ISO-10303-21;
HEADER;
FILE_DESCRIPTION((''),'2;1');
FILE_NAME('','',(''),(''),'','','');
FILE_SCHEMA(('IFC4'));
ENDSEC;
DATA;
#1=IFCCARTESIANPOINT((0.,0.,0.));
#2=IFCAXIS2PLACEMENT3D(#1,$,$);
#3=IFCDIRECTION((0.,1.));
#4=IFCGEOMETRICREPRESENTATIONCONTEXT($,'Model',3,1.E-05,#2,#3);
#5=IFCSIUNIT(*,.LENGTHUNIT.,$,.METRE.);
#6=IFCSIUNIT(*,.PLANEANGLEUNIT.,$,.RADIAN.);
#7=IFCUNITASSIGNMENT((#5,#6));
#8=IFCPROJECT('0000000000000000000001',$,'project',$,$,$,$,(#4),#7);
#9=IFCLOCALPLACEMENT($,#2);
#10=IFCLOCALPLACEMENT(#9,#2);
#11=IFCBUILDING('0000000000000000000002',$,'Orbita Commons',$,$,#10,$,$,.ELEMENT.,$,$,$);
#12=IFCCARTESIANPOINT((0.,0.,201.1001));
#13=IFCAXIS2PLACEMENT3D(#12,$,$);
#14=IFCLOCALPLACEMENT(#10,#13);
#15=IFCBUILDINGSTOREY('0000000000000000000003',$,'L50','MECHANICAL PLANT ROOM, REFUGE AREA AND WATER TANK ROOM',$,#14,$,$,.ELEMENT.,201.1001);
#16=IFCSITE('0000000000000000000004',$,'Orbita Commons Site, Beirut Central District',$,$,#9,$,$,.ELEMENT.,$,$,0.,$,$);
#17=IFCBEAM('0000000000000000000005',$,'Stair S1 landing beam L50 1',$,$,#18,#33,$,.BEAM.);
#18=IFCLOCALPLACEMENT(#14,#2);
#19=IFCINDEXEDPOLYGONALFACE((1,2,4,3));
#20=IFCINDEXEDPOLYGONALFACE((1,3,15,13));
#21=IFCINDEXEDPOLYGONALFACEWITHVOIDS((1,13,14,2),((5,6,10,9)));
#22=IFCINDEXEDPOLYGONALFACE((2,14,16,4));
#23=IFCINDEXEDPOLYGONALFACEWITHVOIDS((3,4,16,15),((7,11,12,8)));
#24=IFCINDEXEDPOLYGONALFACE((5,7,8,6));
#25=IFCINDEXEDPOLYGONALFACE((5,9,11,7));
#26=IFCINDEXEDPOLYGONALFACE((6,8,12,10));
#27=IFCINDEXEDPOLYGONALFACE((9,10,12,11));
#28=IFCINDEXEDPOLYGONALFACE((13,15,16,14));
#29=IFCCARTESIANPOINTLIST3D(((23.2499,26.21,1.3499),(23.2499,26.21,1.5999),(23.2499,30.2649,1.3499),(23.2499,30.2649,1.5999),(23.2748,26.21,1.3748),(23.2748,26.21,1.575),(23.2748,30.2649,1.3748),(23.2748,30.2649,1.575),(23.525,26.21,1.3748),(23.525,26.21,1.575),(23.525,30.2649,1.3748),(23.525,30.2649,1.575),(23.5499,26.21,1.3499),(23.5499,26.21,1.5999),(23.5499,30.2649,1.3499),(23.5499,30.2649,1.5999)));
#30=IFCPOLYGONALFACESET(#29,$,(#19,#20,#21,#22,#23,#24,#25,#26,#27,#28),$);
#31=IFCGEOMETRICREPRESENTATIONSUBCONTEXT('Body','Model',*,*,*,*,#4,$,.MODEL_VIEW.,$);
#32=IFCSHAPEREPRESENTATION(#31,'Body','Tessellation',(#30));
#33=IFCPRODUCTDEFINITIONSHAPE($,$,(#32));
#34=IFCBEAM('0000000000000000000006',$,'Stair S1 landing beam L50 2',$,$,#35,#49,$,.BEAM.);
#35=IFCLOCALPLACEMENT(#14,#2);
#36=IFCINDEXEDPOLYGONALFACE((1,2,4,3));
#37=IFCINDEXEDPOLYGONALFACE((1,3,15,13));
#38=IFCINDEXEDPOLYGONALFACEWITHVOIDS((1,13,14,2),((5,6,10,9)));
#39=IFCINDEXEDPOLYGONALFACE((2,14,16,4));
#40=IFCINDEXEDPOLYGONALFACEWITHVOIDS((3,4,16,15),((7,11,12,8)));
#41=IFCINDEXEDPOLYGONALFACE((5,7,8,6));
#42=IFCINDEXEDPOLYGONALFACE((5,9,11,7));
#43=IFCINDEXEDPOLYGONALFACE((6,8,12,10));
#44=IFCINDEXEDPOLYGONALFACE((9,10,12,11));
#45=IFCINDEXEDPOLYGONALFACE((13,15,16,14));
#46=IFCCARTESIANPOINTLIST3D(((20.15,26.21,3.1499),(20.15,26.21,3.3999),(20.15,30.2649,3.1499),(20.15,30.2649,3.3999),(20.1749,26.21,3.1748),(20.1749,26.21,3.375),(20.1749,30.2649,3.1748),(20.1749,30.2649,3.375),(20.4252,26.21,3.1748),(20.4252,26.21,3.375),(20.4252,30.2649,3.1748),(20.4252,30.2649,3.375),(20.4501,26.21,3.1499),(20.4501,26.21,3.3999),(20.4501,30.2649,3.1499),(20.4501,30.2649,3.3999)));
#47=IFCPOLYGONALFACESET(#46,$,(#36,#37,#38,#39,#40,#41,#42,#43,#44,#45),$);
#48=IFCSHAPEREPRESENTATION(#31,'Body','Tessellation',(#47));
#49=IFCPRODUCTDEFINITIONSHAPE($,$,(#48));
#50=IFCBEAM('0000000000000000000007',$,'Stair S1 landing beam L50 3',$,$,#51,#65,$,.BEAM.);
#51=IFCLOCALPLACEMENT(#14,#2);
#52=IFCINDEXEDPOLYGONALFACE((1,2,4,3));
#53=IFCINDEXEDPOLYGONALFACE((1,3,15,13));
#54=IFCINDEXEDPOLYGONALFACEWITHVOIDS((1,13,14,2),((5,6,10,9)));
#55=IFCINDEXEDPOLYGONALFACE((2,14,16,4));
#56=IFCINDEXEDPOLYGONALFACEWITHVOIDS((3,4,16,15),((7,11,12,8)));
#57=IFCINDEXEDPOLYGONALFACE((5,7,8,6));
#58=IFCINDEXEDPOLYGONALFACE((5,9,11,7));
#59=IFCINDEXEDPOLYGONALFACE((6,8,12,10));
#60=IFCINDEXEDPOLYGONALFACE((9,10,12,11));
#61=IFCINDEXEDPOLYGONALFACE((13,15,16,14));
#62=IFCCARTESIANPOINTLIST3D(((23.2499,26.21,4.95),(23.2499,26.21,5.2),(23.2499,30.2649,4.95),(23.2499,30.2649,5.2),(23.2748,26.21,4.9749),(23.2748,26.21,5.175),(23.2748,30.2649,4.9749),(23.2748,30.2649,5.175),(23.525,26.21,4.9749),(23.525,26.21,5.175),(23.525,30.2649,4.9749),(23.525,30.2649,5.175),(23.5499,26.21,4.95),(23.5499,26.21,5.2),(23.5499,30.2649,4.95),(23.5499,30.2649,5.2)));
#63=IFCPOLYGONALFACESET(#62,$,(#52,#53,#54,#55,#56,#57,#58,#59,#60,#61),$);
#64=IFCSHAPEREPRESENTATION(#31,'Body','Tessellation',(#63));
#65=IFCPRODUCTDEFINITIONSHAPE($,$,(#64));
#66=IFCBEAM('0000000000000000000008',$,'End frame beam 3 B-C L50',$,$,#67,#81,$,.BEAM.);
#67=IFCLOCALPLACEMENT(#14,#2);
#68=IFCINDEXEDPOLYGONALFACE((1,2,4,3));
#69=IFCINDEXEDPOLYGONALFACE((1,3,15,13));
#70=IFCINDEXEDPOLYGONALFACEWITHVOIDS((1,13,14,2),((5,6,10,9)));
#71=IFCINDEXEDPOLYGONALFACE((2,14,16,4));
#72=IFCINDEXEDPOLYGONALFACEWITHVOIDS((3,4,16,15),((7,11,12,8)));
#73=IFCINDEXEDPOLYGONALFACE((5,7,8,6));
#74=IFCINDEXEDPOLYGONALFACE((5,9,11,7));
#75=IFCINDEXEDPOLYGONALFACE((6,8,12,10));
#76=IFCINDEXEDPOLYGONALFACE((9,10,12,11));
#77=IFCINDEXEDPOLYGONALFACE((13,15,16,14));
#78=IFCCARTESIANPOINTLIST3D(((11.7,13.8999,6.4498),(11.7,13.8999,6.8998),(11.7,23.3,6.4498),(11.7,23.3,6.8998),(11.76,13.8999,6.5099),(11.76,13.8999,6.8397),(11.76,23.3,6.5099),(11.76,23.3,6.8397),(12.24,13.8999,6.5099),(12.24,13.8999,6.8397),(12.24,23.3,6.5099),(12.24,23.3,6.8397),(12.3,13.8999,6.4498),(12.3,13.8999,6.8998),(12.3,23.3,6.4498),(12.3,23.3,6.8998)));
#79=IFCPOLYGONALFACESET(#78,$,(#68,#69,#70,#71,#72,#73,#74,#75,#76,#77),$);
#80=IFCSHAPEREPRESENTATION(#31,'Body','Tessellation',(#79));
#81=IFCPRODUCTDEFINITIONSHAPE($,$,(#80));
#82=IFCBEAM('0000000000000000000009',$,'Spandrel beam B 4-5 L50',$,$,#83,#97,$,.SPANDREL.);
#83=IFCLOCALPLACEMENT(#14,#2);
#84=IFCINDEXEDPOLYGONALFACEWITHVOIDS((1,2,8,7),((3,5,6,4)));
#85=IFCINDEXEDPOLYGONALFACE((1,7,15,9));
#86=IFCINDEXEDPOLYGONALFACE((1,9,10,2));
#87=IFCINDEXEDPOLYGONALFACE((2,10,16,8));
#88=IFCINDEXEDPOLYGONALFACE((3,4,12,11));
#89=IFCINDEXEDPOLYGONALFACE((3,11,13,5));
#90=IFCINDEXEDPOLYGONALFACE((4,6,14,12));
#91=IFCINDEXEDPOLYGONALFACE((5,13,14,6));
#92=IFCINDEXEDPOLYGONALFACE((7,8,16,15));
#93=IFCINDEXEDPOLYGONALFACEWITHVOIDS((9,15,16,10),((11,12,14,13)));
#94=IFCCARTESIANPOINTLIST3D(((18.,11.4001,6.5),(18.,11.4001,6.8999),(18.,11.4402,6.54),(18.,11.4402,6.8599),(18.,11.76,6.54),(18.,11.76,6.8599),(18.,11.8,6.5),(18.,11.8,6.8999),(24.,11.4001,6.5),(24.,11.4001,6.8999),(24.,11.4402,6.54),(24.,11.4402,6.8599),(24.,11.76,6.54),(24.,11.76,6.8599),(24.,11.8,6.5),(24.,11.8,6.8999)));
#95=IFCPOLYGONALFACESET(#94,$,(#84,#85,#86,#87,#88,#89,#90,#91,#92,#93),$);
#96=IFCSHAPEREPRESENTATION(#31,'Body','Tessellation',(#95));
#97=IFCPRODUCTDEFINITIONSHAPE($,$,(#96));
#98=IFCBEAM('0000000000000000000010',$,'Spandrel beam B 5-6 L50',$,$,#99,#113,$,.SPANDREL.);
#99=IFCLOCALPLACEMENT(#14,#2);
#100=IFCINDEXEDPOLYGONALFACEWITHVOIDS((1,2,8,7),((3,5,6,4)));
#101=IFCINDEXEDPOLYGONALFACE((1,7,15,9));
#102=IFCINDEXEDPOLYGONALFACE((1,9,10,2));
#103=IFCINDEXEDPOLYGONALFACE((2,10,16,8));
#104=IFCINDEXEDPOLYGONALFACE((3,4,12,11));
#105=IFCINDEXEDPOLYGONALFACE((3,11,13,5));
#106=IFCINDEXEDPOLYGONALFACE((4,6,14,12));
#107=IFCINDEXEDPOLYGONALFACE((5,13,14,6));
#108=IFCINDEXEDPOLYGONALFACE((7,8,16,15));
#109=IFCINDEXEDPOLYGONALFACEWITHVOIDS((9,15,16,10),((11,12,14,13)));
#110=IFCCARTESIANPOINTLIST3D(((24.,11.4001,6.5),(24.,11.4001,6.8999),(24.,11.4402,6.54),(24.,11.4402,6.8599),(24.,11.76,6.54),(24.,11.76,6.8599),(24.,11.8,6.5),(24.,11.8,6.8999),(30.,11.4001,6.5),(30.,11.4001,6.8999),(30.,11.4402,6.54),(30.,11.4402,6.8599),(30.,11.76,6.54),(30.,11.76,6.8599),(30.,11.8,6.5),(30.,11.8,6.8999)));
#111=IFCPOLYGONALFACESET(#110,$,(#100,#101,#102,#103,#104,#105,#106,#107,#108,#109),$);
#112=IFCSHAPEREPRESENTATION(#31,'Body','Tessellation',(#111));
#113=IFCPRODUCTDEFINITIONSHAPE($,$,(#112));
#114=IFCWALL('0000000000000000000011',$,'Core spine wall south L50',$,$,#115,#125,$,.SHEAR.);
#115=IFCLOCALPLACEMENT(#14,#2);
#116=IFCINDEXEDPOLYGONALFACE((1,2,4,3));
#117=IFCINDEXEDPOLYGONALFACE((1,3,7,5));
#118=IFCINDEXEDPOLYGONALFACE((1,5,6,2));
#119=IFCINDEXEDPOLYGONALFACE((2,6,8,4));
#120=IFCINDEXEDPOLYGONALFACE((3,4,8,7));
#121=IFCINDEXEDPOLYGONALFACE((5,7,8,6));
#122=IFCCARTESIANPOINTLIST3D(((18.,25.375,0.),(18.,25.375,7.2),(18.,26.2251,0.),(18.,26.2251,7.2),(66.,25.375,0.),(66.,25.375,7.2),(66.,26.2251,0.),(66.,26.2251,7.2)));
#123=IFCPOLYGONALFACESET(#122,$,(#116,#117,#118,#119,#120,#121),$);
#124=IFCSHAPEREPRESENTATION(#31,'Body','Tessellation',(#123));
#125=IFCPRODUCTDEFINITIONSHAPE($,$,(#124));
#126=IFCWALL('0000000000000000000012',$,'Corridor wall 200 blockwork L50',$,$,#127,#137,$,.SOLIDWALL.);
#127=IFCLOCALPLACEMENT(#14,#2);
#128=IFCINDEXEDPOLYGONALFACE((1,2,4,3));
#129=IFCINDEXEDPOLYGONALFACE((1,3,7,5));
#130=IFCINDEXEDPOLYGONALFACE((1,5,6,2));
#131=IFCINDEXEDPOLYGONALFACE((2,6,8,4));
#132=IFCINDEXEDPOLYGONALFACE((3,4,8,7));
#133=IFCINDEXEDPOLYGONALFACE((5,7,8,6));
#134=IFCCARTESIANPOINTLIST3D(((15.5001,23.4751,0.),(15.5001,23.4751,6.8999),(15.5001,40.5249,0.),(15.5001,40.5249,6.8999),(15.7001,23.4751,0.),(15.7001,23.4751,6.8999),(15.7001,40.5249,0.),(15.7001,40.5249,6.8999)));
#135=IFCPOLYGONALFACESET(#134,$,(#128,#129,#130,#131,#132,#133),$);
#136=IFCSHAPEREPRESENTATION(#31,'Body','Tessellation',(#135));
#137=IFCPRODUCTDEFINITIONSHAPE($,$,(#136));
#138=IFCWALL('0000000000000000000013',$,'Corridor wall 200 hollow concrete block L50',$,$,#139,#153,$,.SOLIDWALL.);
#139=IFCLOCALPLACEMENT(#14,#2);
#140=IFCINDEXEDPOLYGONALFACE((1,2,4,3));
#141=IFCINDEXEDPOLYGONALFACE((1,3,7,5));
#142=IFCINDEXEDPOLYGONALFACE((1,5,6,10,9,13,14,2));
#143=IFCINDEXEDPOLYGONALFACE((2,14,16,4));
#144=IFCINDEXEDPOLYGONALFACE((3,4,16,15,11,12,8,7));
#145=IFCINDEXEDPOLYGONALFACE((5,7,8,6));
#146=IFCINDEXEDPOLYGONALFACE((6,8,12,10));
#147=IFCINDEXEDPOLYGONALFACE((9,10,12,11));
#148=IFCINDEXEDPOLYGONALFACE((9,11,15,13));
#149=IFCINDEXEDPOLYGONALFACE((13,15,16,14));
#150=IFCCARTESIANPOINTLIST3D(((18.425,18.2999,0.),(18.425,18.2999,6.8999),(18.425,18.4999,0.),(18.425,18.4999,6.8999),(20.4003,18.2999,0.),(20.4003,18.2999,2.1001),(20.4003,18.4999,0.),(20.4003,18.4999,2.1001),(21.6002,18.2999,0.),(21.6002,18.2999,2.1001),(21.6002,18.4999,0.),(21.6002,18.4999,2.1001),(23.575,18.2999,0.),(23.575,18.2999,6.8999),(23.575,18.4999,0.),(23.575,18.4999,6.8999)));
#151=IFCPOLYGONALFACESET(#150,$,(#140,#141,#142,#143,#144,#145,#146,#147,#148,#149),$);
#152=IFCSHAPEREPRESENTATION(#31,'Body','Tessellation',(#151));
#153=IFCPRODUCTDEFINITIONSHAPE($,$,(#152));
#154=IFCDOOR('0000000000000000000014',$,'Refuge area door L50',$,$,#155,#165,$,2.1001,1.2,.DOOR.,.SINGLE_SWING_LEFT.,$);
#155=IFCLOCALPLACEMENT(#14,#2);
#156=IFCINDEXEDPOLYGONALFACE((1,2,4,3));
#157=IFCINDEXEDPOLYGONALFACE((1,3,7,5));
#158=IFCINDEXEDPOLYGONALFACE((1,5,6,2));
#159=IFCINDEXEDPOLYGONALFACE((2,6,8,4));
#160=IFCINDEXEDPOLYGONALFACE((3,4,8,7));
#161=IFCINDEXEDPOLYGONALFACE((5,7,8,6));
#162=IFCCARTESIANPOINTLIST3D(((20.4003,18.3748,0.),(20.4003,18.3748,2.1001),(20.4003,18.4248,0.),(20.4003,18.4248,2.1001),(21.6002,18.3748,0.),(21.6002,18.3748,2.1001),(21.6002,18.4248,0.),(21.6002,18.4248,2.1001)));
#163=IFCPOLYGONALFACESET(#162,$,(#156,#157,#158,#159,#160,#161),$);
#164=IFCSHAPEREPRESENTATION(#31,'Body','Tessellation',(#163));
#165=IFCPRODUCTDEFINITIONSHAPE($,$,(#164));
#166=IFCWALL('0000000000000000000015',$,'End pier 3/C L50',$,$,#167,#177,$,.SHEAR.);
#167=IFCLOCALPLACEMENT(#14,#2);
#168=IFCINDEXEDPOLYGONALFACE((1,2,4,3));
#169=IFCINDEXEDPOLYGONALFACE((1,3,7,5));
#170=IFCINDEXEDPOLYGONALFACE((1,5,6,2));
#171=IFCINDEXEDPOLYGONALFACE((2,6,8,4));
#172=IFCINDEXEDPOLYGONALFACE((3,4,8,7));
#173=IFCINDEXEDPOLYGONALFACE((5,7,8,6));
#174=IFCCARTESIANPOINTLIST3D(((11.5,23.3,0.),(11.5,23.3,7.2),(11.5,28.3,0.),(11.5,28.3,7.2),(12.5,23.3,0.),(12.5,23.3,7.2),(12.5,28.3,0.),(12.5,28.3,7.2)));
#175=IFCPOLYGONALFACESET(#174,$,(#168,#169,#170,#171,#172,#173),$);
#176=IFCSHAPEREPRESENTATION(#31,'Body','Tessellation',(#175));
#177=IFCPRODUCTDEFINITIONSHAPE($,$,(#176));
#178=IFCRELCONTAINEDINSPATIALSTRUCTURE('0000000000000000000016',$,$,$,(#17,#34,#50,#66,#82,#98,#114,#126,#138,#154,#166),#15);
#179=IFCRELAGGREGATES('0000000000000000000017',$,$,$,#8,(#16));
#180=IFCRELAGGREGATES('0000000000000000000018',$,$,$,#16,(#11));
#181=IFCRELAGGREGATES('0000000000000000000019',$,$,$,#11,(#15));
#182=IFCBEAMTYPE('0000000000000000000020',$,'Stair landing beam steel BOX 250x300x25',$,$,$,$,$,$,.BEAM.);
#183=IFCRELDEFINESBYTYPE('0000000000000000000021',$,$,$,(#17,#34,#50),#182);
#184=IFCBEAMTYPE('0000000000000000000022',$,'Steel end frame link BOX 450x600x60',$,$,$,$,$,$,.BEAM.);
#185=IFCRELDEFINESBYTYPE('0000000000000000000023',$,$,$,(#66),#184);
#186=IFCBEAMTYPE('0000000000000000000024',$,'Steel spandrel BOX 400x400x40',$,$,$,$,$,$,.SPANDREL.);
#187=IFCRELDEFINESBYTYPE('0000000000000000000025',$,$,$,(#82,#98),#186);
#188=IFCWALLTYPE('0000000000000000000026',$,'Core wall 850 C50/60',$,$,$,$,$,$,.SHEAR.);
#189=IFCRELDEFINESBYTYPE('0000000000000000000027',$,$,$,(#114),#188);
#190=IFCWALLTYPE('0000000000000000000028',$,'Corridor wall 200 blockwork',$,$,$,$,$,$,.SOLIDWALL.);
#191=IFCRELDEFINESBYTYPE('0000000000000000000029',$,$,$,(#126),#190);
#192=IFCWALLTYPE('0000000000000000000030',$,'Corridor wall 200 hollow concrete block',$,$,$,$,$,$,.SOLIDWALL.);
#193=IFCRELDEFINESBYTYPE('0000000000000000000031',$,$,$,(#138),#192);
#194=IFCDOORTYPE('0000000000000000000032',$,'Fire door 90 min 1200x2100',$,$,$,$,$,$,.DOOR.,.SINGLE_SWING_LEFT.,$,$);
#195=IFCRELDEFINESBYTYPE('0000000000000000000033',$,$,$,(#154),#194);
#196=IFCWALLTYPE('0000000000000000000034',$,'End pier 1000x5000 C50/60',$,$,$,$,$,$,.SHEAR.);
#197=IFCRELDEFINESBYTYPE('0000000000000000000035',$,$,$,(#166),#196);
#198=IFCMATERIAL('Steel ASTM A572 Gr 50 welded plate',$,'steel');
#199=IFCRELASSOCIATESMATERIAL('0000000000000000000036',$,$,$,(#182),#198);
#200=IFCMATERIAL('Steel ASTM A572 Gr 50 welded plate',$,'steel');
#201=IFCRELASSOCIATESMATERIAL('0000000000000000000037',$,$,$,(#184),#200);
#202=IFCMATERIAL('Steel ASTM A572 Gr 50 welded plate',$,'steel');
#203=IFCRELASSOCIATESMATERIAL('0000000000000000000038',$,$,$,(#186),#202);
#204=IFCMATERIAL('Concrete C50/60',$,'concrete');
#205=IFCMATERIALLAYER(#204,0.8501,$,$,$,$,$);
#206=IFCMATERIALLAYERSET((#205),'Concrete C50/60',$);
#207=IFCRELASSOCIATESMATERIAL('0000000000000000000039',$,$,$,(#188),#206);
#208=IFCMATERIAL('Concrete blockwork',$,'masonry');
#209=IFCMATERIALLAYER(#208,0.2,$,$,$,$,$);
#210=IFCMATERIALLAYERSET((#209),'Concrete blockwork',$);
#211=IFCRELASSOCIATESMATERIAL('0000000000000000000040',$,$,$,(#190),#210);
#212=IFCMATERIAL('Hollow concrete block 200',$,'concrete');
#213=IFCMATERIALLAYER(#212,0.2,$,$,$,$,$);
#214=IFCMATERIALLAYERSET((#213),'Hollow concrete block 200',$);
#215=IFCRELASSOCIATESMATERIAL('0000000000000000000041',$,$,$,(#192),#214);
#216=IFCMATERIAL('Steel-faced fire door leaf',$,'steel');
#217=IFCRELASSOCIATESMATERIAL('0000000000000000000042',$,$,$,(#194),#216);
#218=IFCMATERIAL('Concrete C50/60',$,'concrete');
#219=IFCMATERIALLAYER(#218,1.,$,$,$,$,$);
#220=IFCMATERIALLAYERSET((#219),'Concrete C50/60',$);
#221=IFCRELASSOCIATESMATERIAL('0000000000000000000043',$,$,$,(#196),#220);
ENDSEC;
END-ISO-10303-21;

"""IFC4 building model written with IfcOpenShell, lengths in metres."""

from ifc_helpers import new_model, si_unit, direction, frame, frame_2d, origin, origin_2d, place, context, subcontext, project, spatial, rectangle, hollow_rectangle, extrude, material, layer, layer_set, material_profile, profile_set, type_object, element, fill, save


model = new_model("IFC4")

# Units and contexts
model_context = context("Model", 3, precision=1e-05, world=origin(), true_north=direction((0.0, 1.0)))
body_context = subcontext(model_context, "Body", "Model", "MODEL_VIEW")
ifc_project = project(units=[si_unit("LENGTHUNIT", "METRE"), si_unit("PLANEANGLEUNIT", "RADIAN")], contexts=[model_context])

# Site, building, storey
site_placement = place(None, origin())
site = spatial("IfcSite", under=ifc_project, at=site_placement, Name="Orbita Commons Site, Beirut Central District", CompositionType="ELEMENT", RefElevation=0.0)
building_placement = place(site_placement, origin())
building = spatial("IfcBuilding", under=site, at=building_placement, Name="Orbita Commons", CompositionType="ELEMENT")
storey_placement = place(building_placement, frame((0.0, 0.0, 201.1001)))
storey = spatial("IfcBuildingStorey", under=building, at=storey_placement, Name="L50", Description="MECHANICAL PLANT ROOM, REFUGE AREA AND WATER TANK ROOM", CompositionType="ELEMENT", Elevation=201.1001)

# Beams
ifc_material_1 = material(Name="Steel ASTM A572 Gr 50 welded plate", Category="steel")
ifc_material_profile_1 = material_profile(ifc_material_1, hollow_rectangle(XDim=0.3, YDim=0.25, WallThickness=0.0249, at=origin_2d()), Name="BOX 250x300x25")
ifc_profile_set_1 = profile_set([ifc_material_profile_1], Name="Steel ASTM A572 Gr 50 welded plate")
beam_type_1 = type_object("IfcBeamType", Name="Stair landing beam steel BOX 250x300x25", PredefinedType="BEAM", material=ifc_profile_set_1)
for number, where, z_axis, x_axis, name in (
    (1, (23.3999, 26.21, 1.4749), (0.0, 1.0, 0.0), (-1.0, 0.0, 0.0), "Stair S1 landing beam L50 1"),
    (2, (20.3, 26.21, 3.2749), (0.0, 1.0, 0.0), (-1.0, 0.0, 0.0), "Stair S1 landing beam L50 2"),
    (3, (23.3999, 26.21, 5.075), (0.0, 1.0, 0.0), (-1.0, 0.0, 0.0), "Stair S1 landing beam L50 3"),
):
    element("IfcBeam", number, at=place(storey_placement, frame(where, z_axis=z_axis, x_axis=x_axis)), inside=storey, type_object=beam_type_1, Name=name, PredefinedType="BEAM", context=body_context, shape_type="SweptSolid", body=[
        extrude(hollow_rectangle(XDim=0.3, YDim=0.25, WallThickness=0.0249, at=origin_2d()), origin(), (0.0, 0.0, 1.0), 4.0549),
    ])
ifc_material_2 = material(Name="Steel ASTM A572 Gr 50 welded plate", Category="steel")
ifc_material_profile_2 = material_profile(ifc_material_2, hollow_rectangle(XDim=0.6001, YDim=0.45, WallThickness=0.0601, at=origin_2d()), Name="BOX 450x600x60")
ifc_profile_set_2 = profile_set([ifc_material_profile_2], Name="Steel ASTM A572 Gr 50 welded plate")
beam_type_2 = type_object("IfcBeamType", Name="Steel end frame link BOX 450x600x60", PredefinedType="BEAM", material=ifc_profile_set_2)
beam_placement = place(storey_placement, frame((12.0, 13.8999, 6.6748), z_axis=(0.0, 1.0, 0.0), x_axis=(-1.0, 0.0, 0.0)))
element("IfcBeam", 4, at=beam_placement, inside=storey, type_object=beam_type_2, Name="End frame beam 3 B-C L50", PredefinedType="BEAM", context=body_context, shape_type="SweptSolid", body=[
    extrude(hollow_rectangle(XDim=0.6001, YDim=0.45, WallThickness=0.0601, at=origin_2d()), origin(), (0.0, 0.0, 1.0), 9.4001),
])
ifc_material_3 = material(Name="Steel ASTM A572 Gr 50 welded plate", Category="steel")
ifc_material_profile_3 = material_profile(ifc_material_3, hollow_rectangle(XDim=0.3999, YDim=0.3999, WallThickness=0.04, at=origin_2d()), Name="BOX 400x400x40")
ifc_profile_set_3 = profile_set([ifc_material_profile_3], Name="Steel ASTM A572 Gr 50 welded plate")
beam_type_3 = type_object("IfcBeamType", Name="Steel spandrel BOX 400x400x40", PredefinedType="SPANDREL", material=ifc_profile_set_3)
for number, where, z_axis, x_axis, name in (
    (5, (18.0, 11.6001, 6.7), (1.0, 0.0, 0.0), (0.0, 1.0, 0.0), "Spandrel beam B 4-5 L50"),
    (6, (24.0, 11.6001, 6.7), (1.0, 0.0, 0.0), (0.0, 1.0, 0.0), "Spandrel beam B 5-6 L50"),
):
    element("IfcBeam", number, at=place(storey_placement, frame(where, z_axis=z_axis, x_axis=x_axis)), inside=storey, type_object=beam_type_3, Name=name, PredefinedType="SPANDREL", context=body_context, shape_type="SweptSolid", body=[
        extrude(hollow_rectangle(XDim=0.3999, YDim=0.3999, WallThickness=0.04, at=origin_2d()), origin(), (0.0, 0.0, 1.0), 6.0),
    ])

# Walls
ifc_material_4 = material(Name="Concrete C50/60", Category="concrete")
ifc_layer_1 = layer(ifc_material_4, 0.8501)
ifc_layer_set_1 = layer_set([ifc_layer_1], Name="Concrete C50/60")
wall_type_1 = type_object("IfcWallType", Name="Core wall 850 C50/60", PredefinedType="SHEAR", material=ifc_layer_set_1)
wall_1_placement = place(storey_placement, frame((18.0, 25.8, 0.0), z_axis=(0.0, 0.0, 1.0), x_axis=(1.0, 0.0, 0.0)))
element("IfcWall", 7, at=wall_1_placement, inside=storey, type_object=wall_type_1, Name="Core spine wall south L50", PredefinedType="SHEAR", context=body_context, shape_type="SweptSolid", body=[
    extrude(rectangle(XDim=48.0, YDim=0.8501, at=frame_2d((24.0, 0.0))), origin(), (0.0, 0.0, 1.0), 7.2),
])
ifc_material_5 = material(Name="Concrete blockwork", Category="masonry")
ifc_layer_2 = layer(ifc_material_5, 0.2)
ifc_layer_set_2 = layer_set([ifc_layer_2], Name="Concrete blockwork")
wall_type_2 = type_object("IfcWallType", Name="Corridor wall 200 blockwork", PredefinedType="SOLIDWALL", material=ifc_layer_set_2)
wall_2_placement = place(storey_placement, frame((15.6001, 23.4751, 0.0), z_axis=(0.0, 0.0, 1.0), x_axis=(0.0, 1.0, 0.0)))
element("IfcWall", 8, at=wall_2_placement, inside=storey, type_object=wall_type_2, Name="Corridor wall 200 blockwork L50", PredefinedType="SOLIDWALL", context=body_context, shape_type="SweptSolid", body=[
    extrude(rectangle(XDim=17.0498, YDim=0.2, at=frame_2d((8.5249, 0.0))), origin(), (0.0, 0.0, 1.0), 6.8999),
])

# Wall, opening, door
ifc_material_6 = material(Name="Hollow concrete block 200", Category="concrete")
ifc_layer_3 = layer(ifc_material_6, 0.2)
ifc_layer_set_3 = layer_set([ifc_layer_3], Name="Hollow concrete block 200")
wall_type_3 = type_object("IfcWallType", Name="Corridor wall 200 hollow concrete block", PredefinedType="SOLIDWALL", material=ifc_layer_set_3)
ifc_material_7 = material(Name="Steel-faced fire door leaf", Category="steel")
door_type = type_object("IfcDoorType", Name="Fire door 90 min 1200x2100", OperationType="SINGLE_SWING_LEFT", PredefinedType="DOOR", material=ifc_material_7)
wall_3_placement = place(storey_placement, frame((18.425, 18.3999, 0.0), z_axis=(0.0, 0.0, 1.0), x_axis=(1.0, 0.0, 0.0)))
wall_3 = element("IfcWall", 9, at=wall_3_placement, inside=storey, type_object=wall_type_3, Name="Corridor wall 200 hollow concrete block L50", PredefinedType="SOLIDWALL", context=body_context, shape_type="SweptSolid", body=[
    extrude(rectangle(XDim=5.1499, YDim=0.2, at=frame_2d((2.575, 0.0))), origin(), (0.0, 0.0, 1.0), 6.8999),
])
opening_1_placement = place(wall_3_placement, frame((1.9751, 0.0, 0.0)))
opening_1 = element("IfcOpeningElement", 10, at=opening_1_placement, cuts=wall_3, PredefinedType="OPENING", context=body_context, shape_type="SweptSolid", body=[
    extrude(rectangle(XDim=1.2, YDim=2.1001, at=frame_2d((0.6001, 1.05))), frame((0.0, 0.1099, 0.0), z_axis=(0.0, -1.0, 0.0), x_axis=(1.0, 0.0, 0.0)), (0.0, 0.0, 1.0), 0.22),
])
door_1_placement = place(opening_1_placement, origin())
door_1 = element("IfcDoor", 11, at=door_1_placement, inside=storey, type_object=door_type, Name="Refuge area door L50", OperationType="SINGLE_SWING_LEFT", OverallHeight=2.1001, OverallWidth=1.2, PredefinedType="DOOR", context=body_context, shape_type="SweptSolid", body=[
    extrude(rectangle(XDim=1.2, YDim=2.1001, at=frame_2d((0.6001, 1.05))), frame((0.0, 0.0249, 0.0), z_axis=(0.0, -1.0, 0.0), x_axis=(1.0, 0.0, 0.0)), (0.0, 0.0, 1.0), 0.05),
])
fill(opening_1, door_1)

# Wall
ifc_material_8 = material(Name="Concrete C50/60", Category="concrete")
ifc_layer_4 = layer(ifc_material_8, 1.0)
ifc_layer_set_4 = layer_set([ifc_layer_4], Name="Concrete C50/60")
wall_type_4 = type_object("IfcWallType", Name="End pier 1000x5000 C50/60", PredefinedType="SHEAR", material=ifc_layer_set_4)
wall_4_placement = place(storey_placement, frame((12.0, 23.3, 0.0), z_axis=(0.0, 0.0, 1.0), x_axis=(0.0, 1.0, 0.0)))
element("IfcWall", 12, at=wall_4_placement, inside=storey, type_object=wall_type_4, Name="End pier 3/C L50", PredefinedType="SHEAR", context=body_context, shape_type="SweptSolid", body=[
    extrude(rectangle(XDim=5.0, YDim=1.0, at=frame_2d((2.5, 0.0))), origin(), (0.0, 0.0, 1.0), 7.2),
])

save(model, "model.ifc")
